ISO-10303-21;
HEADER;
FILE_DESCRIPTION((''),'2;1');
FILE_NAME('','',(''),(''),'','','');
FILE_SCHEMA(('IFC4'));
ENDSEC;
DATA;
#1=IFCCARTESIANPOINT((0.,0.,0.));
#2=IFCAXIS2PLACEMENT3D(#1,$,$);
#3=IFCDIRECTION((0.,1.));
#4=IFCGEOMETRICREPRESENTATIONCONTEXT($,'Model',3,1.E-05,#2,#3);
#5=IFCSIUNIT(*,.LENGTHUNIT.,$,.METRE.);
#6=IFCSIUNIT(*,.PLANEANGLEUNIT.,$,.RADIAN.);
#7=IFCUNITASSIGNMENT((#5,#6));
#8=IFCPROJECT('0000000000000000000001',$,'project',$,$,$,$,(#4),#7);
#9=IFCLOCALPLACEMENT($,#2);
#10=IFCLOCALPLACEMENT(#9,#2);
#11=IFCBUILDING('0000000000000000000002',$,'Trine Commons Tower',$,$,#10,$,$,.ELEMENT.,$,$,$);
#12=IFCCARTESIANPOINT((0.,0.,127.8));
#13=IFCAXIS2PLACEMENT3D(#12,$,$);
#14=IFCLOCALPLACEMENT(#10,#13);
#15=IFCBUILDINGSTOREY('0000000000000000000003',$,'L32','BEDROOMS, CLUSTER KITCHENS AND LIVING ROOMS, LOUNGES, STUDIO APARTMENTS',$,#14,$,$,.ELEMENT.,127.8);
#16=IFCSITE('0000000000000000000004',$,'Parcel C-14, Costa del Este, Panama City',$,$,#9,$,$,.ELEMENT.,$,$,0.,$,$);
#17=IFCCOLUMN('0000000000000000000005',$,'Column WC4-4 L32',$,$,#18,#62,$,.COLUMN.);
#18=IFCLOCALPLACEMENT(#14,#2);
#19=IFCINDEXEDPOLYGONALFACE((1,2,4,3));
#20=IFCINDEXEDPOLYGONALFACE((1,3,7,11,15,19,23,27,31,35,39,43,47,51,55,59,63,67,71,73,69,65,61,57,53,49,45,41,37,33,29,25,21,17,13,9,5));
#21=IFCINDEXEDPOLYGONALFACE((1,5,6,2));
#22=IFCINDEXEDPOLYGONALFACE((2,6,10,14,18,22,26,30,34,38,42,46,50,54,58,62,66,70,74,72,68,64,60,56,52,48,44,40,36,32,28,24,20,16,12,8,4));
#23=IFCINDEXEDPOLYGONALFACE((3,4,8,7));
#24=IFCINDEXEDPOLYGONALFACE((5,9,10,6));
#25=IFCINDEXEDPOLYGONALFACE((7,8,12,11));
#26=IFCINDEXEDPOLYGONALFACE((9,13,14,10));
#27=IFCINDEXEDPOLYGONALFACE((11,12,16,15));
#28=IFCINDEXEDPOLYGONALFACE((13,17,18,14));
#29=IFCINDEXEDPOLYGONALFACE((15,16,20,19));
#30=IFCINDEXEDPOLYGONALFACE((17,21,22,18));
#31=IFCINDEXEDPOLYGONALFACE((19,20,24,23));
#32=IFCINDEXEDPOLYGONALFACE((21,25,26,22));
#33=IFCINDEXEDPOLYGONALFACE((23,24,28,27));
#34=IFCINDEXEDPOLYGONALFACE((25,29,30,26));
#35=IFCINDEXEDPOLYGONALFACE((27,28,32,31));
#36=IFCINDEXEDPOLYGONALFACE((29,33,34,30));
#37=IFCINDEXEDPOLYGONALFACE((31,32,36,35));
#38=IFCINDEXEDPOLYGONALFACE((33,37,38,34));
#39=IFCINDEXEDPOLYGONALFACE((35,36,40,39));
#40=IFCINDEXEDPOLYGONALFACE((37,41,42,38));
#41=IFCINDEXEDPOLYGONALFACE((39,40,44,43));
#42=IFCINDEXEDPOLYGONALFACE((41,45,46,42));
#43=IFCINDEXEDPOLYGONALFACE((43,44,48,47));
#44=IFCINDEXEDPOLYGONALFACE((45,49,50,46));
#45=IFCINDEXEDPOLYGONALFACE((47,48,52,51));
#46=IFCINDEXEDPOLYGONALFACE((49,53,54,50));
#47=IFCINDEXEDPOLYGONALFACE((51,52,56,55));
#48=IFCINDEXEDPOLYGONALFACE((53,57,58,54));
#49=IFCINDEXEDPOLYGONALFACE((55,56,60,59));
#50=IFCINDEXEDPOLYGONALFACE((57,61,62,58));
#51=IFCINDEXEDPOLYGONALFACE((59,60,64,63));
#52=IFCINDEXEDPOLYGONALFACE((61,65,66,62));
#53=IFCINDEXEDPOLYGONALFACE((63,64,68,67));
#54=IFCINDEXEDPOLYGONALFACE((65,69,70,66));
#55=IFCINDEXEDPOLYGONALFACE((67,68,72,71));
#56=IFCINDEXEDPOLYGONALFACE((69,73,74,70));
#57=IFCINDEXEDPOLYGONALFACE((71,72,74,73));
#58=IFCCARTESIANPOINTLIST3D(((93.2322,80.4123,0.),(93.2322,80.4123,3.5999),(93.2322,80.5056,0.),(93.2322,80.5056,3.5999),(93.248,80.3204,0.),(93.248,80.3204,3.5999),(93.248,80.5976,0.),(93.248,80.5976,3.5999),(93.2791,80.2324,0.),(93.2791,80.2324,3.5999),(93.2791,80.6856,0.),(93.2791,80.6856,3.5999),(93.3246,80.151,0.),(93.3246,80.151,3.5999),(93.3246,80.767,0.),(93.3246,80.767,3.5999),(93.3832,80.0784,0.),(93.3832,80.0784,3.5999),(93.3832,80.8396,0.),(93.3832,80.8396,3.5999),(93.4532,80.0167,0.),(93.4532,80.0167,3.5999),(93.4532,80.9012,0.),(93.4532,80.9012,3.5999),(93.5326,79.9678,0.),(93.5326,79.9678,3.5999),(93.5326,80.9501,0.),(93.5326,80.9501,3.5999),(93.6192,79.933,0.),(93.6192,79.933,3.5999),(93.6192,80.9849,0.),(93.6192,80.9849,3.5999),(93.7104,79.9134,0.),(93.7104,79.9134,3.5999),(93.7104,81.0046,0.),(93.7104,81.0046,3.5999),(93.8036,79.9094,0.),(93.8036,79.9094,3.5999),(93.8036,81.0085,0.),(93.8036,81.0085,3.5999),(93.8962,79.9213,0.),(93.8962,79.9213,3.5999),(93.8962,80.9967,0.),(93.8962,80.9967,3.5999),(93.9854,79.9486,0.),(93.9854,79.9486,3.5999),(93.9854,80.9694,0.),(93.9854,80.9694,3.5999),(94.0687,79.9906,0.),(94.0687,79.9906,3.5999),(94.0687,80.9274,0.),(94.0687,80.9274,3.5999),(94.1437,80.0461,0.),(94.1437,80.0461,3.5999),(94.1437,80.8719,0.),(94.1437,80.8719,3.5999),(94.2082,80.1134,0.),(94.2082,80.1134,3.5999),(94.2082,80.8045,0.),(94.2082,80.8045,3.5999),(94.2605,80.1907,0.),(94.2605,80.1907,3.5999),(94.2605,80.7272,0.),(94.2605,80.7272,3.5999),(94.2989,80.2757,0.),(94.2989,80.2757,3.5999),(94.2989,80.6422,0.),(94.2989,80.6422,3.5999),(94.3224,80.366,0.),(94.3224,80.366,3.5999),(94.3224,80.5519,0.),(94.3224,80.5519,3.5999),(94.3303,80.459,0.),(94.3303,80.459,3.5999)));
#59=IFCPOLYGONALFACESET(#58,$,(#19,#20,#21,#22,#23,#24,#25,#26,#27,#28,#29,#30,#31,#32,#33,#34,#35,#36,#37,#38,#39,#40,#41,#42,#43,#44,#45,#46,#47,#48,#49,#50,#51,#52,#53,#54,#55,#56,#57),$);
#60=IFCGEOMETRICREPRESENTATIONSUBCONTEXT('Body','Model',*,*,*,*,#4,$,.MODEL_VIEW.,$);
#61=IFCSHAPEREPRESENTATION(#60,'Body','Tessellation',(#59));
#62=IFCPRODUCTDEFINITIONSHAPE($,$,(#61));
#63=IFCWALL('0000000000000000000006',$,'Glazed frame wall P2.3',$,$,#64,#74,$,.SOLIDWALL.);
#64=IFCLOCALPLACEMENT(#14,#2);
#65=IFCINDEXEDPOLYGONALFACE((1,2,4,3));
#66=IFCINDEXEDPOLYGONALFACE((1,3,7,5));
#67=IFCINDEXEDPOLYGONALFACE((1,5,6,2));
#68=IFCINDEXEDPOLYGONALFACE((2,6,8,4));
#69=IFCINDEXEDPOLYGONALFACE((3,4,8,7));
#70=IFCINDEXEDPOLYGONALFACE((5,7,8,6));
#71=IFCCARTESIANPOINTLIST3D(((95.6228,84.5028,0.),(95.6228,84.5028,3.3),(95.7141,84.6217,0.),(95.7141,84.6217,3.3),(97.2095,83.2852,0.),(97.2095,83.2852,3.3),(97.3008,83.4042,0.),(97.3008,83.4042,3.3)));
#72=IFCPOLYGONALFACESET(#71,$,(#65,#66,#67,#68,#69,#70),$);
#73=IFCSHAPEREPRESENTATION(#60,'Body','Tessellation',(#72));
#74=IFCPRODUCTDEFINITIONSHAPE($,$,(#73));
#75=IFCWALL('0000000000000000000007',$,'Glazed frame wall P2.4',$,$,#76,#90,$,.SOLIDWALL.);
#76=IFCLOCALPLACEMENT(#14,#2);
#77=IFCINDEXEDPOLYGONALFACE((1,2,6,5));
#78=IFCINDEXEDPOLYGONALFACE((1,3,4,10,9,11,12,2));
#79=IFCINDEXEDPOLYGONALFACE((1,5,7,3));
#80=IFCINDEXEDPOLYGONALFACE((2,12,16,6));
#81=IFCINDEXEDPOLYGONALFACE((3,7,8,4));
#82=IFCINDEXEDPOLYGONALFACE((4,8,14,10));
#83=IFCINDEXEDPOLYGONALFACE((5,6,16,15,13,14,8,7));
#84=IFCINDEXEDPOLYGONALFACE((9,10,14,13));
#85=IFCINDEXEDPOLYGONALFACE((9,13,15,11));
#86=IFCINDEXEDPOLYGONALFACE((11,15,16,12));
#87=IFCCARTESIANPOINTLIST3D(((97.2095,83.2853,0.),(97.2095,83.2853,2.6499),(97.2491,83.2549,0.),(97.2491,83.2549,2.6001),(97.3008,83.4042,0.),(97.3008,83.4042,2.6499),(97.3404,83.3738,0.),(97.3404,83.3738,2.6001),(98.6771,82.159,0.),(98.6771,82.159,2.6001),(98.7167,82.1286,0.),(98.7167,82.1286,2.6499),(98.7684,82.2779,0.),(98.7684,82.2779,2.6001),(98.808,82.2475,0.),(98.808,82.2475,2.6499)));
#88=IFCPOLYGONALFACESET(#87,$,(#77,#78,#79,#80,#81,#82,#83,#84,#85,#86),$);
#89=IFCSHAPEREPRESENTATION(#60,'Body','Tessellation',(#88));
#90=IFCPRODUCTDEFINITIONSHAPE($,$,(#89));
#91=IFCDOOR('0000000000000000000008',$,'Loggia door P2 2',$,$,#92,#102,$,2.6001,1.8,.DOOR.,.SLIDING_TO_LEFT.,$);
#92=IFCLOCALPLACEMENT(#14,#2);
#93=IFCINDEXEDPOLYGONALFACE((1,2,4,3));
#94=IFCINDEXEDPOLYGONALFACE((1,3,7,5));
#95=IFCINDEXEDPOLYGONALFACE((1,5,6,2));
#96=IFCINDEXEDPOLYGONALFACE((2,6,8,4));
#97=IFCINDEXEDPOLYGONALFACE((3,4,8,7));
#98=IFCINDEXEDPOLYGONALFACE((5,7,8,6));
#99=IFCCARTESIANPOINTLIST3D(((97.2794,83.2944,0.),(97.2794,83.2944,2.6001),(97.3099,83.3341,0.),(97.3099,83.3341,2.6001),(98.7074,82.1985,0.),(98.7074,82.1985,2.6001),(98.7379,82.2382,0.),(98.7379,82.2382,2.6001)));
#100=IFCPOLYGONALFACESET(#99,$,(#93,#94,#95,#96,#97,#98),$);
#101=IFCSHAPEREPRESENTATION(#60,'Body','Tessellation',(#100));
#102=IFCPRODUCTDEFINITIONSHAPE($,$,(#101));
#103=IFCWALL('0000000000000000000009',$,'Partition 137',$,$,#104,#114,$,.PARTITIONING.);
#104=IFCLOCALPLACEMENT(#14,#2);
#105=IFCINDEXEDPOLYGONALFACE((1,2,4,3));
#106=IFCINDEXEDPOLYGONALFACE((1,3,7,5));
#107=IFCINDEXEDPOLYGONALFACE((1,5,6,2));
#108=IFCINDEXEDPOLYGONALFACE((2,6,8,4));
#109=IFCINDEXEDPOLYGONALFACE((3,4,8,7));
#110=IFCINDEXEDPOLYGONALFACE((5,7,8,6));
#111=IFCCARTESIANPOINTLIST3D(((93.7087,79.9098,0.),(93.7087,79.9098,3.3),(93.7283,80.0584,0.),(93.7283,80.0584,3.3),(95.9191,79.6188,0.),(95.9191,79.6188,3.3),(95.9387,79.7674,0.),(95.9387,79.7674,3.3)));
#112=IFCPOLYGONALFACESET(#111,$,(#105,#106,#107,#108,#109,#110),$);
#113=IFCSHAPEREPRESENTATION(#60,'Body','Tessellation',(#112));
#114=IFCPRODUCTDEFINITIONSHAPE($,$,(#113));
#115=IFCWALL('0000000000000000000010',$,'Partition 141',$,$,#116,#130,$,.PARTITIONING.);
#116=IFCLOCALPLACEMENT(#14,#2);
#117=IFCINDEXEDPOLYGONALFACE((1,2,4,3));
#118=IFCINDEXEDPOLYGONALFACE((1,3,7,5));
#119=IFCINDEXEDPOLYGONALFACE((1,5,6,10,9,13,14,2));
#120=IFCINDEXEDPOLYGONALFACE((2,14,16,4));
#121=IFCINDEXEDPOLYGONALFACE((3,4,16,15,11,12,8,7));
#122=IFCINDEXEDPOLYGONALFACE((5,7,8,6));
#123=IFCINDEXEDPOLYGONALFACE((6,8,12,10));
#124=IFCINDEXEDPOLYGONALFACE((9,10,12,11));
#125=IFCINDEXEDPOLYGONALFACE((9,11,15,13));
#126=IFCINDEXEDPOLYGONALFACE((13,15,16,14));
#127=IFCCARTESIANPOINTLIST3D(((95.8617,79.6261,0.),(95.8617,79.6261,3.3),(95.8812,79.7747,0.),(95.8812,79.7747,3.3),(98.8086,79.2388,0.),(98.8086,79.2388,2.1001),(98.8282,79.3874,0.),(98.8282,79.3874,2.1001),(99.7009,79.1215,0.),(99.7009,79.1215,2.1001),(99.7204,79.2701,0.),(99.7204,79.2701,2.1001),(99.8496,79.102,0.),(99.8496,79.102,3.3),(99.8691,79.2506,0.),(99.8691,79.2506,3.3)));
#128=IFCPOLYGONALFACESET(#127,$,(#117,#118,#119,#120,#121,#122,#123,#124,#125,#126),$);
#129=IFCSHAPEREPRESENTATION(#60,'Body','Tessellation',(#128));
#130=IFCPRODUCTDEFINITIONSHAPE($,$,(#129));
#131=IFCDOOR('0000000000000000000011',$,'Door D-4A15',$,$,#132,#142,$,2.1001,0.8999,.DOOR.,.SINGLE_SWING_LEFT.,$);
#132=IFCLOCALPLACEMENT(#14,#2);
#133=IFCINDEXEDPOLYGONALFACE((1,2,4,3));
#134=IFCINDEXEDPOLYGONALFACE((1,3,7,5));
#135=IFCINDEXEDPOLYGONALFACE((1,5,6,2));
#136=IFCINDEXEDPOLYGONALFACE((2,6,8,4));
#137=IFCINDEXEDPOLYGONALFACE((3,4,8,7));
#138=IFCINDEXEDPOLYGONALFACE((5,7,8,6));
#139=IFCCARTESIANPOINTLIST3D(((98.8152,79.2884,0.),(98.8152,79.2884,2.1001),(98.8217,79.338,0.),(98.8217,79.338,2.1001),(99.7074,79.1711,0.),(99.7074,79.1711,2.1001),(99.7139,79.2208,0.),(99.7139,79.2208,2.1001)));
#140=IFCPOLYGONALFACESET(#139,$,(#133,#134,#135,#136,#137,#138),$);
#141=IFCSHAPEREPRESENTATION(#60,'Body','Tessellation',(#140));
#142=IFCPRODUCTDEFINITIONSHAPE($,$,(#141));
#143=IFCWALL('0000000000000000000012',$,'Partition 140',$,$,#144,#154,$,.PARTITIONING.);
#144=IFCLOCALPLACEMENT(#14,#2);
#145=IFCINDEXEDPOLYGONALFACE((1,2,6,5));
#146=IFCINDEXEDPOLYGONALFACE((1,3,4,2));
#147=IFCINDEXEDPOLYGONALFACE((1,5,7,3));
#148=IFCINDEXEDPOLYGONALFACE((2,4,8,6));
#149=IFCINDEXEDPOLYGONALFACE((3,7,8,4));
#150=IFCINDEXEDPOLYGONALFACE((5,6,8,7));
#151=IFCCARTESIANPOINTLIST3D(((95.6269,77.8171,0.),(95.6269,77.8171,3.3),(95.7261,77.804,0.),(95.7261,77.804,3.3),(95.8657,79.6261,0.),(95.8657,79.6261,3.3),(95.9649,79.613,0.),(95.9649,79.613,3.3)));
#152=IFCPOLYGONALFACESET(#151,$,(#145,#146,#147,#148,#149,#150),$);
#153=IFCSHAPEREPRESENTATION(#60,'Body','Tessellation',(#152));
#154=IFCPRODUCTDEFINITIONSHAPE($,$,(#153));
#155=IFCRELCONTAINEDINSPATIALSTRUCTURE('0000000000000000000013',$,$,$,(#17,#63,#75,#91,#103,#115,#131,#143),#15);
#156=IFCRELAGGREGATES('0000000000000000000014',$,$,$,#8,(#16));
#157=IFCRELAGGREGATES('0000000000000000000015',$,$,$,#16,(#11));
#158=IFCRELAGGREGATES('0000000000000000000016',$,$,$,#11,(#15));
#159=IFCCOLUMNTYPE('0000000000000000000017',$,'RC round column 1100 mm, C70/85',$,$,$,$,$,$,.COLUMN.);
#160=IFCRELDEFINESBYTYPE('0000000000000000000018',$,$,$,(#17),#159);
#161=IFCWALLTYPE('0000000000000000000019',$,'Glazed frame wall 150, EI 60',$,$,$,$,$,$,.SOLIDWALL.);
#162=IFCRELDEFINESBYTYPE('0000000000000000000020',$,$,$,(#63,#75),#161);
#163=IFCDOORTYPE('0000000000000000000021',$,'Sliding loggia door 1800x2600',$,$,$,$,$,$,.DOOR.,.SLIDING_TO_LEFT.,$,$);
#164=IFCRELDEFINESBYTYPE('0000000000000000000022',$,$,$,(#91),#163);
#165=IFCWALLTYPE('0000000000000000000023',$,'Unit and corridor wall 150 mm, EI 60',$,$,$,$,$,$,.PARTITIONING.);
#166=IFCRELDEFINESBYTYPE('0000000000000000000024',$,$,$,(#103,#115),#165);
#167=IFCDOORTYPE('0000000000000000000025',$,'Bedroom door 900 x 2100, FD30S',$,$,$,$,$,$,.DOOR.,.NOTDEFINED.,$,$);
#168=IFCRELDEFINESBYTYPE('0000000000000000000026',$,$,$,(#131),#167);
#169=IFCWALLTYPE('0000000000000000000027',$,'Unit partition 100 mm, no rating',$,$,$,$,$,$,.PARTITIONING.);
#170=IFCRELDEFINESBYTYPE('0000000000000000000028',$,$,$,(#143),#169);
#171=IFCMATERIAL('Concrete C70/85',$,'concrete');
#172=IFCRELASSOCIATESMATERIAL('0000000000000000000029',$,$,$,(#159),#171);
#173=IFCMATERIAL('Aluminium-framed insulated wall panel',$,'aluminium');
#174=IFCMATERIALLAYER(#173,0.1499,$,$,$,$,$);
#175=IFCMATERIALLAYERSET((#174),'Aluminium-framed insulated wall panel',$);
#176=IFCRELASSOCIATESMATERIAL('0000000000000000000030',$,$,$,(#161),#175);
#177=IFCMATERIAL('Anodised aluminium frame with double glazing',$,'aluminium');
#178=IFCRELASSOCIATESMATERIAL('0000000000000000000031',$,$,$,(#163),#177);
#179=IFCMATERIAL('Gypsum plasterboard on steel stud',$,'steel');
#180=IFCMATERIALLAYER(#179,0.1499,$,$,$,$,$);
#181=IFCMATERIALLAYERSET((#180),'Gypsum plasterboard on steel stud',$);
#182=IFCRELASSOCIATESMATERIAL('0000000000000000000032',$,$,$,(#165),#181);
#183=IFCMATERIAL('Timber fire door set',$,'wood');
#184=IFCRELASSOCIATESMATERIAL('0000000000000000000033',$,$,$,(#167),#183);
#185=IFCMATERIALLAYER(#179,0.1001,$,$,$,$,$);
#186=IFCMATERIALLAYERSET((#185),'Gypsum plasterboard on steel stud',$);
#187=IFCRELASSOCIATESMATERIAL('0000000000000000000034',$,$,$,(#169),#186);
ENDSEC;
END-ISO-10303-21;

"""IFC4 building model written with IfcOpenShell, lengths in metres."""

from ifc_helpers import new_model, si_unit, direction, frame, frame_2d, origin, origin_2d, place, context, subcontext, project, spatial, polyline, rectangle, circle, outline, extrude, material, layer, layer_set, material_profile, profile_set, type_object, element, fill, save


model = new_model("IFC4")

# Units and contexts
model_context = context("Model", 3, precision=1e-05, world=origin(), true_north=direction((0.0, 1.0)))
body_context = subcontext(model_context, "Body", "Model", "MODEL_VIEW")
ifc_project = project(units=[si_unit("LENGTHUNIT", "METRE"), si_unit("PLANEANGLEUNIT", "RADIAN")], contexts=[model_context])

# Site, building, storey
site_placement = place(None, origin())
site = spatial("IfcSite", under=ifc_project, at=site_placement, Name="Parcel C-14, Costa del Este, Panama City", CompositionType="ELEMENT", RefElevation=0.0)
building_placement = place(site_placement, origin())
building = spatial("IfcBuilding", under=site, at=building_placement, Name="Trine Commons Tower", CompositionType="ELEMENT")
storey_placement = place(building_placement, frame((0.0, 0.0, 127.8)))
storey = spatial("IfcBuildingStorey", under=building, at=storey_placement, Name="L32", Description="BEDROOMS, CLUSTER KITCHENS AND LIVING ROOMS, LOUNGES, STUDIO APARTMENTS", CompositionType="ELEMENT", Elevation=127.8)

# Column
ifc_material_1 = material(Name="Concrete C70/85", Category="concrete")
ifc_material_profile = material_profile(ifc_material_1, circle(Radius=0.55, at=origin_2d()), Name="RC round 1100")
ifc_profile_set = profile_set([ifc_material_profile], Name="Concrete C70/85")
column_type = type_object("IfcColumnType", Name="RC round column 1100 mm, C70/85", PredefinedType="COLUMN", material=ifc_profile_set)
column_placement = place(storey_placement, frame((93.7803, 80.459, 0.0), z_axis=(0.0, 0.0, 1.0), x_axis=(1.0, 0.0, 0.0)))
element("IfcColumn", 1, at=column_placement, inside=storey, type_object=column_type, Name="Column WC4-4 L32", PredefinedType="COLUMN", context=body_context, shape_type="SweptSolid", body=[
    extrude(circle(Radius=0.55, at=origin_2d()), origin(), (0.0, 0.0, 1.0), 3.5999),
])

# Wall
ifc_material_2 = material(Name="Aluminium-framed insulated wall panel", Category="aluminium")
ifc_layer_1 = layer(ifc_material_2, 0.1499)
ifc_layer_set_1 = layer_set([ifc_layer_1], Name="Aluminium-framed insulated wall panel")
wall_type_1 = type_object("IfcWallType", Name="Glazed frame wall 150, EI 60", PredefinedType="SOLIDWALL", material=ifc_layer_set_1)
wall_1_placement = place(storey_placement, frame((95.6685, 84.5623, 0.0), z_axis=(0.0, 0.0, 1.0), x_axis=(0.793345, -0.608772, 0.0)))
element("IfcWall", 2, at=wall_1_placement, inside=storey, type_object=wall_type_1, Name="Glazed frame wall P2.3", PredefinedType="SOLIDWALL", context=body_context, shape_type="SweptSolid", body=[
    extrude(outline(polyline([(0.0, -0.075), (2.0, -0.075), (2.0, 0.075), (0.0, 0.075), (0.0, -0.075)])), origin(), (0.0, 0.0, 1.0), 3.3),
])

# Wall, opening, door
wall_2_placement = place(storey_placement, frame((97.2551, 83.3447, 0.0), z_axis=(0.0, 0.0, 1.0), x_axis=(0.793321, -0.608804, 0.0)))
wall_2 = element("IfcWall", 3, at=wall_2_placement, inside=storey, type_object=wall_type_1, Name="Glazed frame wall P2.4", PredefinedType="SOLIDWALL", context=body_context, shape_type="SweptSolid", body=[
    extrude(outline(polyline([(0.0, -0.075), (1.8999, -0.075), (1.8999, 0.075), (0.0, 0.075), (0.0, -0.075)])), origin(), (0.0, 0.0, 1.0), 2.6499),
])
opening_1_placement = place(wall_2_placement, frame((0.05, 0.0, 0.0)))
opening_1 = element("IfcOpeningElement", 4, at=opening_1_placement, cuts=wall_2, PredefinedType="OPENING", context=body_context, shape_type="SweptSolid", body=[
    extrude(rectangle(XDim=1.8, YDim=2.6001, at=frame_2d((0.8999, 1.3))), frame((0.0, 0.085, 0.0), z_axis=(0.0, -1.0, 0.0), x_axis=(1.0, 0.0, 0.0)), (0.0, 0.0, 1.0), 0.1699),
])
ifc_material_3 = material(Name="Anodised aluminium frame with double glazing", Category="aluminium")
door_type_1 = type_object("IfcDoorType", Name="Sliding loggia door 1800x2600", OperationType="SLIDING_TO_LEFT", PredefinedType="DOOR", material=ifc_material_3)
door_1_placement = place(opening_1_placement, origin())
door_1 = element("IfcDoor", 5, at=door_1_placement, inside=storey, type_object=door_type_1, Name="Loggia door P2 2", OperationType="SLIDING_TO_LEFT", OverallHeight=2.6001, OverallWidth=1.8, PredefinedType="DOOR", context=body_context, shape_type="SweptSolid", body=[
    extrude(rectangle(XDim=1.8, YDim=2.6001, at=frame_2d((0.8999, 1.3))), frame((0.0, 0.0249, 0.0), z_axis=(0.0, -1.0, 0.0), x_axis=(1.0, 0.0, 0.0)), (0.0, 0.0, 1.0), 0.05),
])
fill(opening_1, door_1)

# Wall
ifc_material_4 = material(Name="Gypsum plasterboard on steel stud", Category="steel")
ifc_layer_2 = layer(ifc_material_4, 0.1499)
ifc_layer_set_2 = layer_set([ifc_layer_2], Name="Gypsum plasterboard on steel stud")
wall_type_2 = type_object("IfcWallType", Name="Unit and corridor wall 150 mm, EI 60", PredefinedType="PARTITIONING", material=ifc_layer_set_2)
wall_3_placement = place(storey_placement, frame((93.7185, 79.9841, 0.0), z_axis=(0.0, 0.0, 1.0), x_axis=(0.991445, -0.130528, 0.0)))
element("IfcWall", 6, at=wall_3_placement, inside=storey, type_object=wall_type_2, Name="Partition 137", PredefinedType="PARTITIONING", context=body_context, shape_type="SweptSolid", body=[
    extrude(rectangle(XDim=2.2295, YDim=0.1499, at=frame_2d((1.1147, 0.0))), origin(), (0.0, 0.0, 1.0), 3.3),
])

# Wall, opening, door
wall_4_placement = place(storey_placement, frame((95.8713, 79.7004, 0.0), z_axis=(0.0, 0.0, 1.0), x_axis=(0.991473, -0.130315, 0.0)))
wall_4 = element("IfcWall", 7, at=wall_4_placement, inside=storey, type_object=wall_type_2, Name="Partition 141", PredefinedType="PARTITIONING", context=body_context, shape_type="SweptSolid", body=[
    extrude(rectangle(XDim=4.0222, YDim=0.1499, at=frame_2d((2.0112, 0.0))), origin(), (0.0, 0.0, 1.0), 3.3),
])
opening_2_placement = place(wall_4_placement, frame((2.9724, 0.0, 0.0)))
opening_2 = element("IfcOpeningElement", 8, at=opening_2_placement, cuts=wall_4, PredefinedType="OPENING", context=body_context, shape_type="SweptSolid", body=[
    extrude(rectangle(XDim=0.8999, YDim=2.1001, at=frame_2d((0.45, 1.05))), frame((0.0, 0.085, 0.0), z_axis=(0.0, -1.0, 0.0), x_axis=(1.0, 0.0, 0.0)), (0.0, 0.0, 1.0), 0.1699),
])
ifc_material_5 = material(Name="Timber fire door set", Category="wood")
door_type_2 = type_object("IfcDoorType", Name="Bedroom door 900 x 2100, FD30S", OperationType="NOTDEFINED", PredefinedType="DOOR", material=ifc_material_5)
door_2_placement = place(opening_2_placement, frame((0.8999, 0.0, 0.0), z_axis=(0.0, 0.0, 1.0), x_axis=(-1.0, 0.0, 0.0)))
door_2 = element("IfcDoor", 9, at=door_2_placement, inside=storey, type_object=door_type_2, Name="Door D-4A15", OperationType="SINGLE_SWING_LEFT", OverallHeight=2.1001, OverallWidth=0.8999, PredefinedType="DOOR", context=body_context, shape_type="SweptSolid", body=[
    extrude(rectangle(XDim=0.8999, YDim=2.1001, at=frame_2d((0.45, 1.05))), frame((0.0, 0.0249, 0.0), z_axis=(0.0, -1.0, 0.0), x_axis=(1.0, 0.0, 0.0)), (0.0, 0.0, 1.0), 0.05),
])
fill(opening_2, door_2)

# Wall
ifc_layer_3 = layer(ifc_material_4, 0.1001)
ifc_layer_set_3 = layer_set([ifc_layer_3], Name="Gypsum plasterboard on steel stud")
wall_type_3 = type_object("IfcWallType", Name="Unit partition 100 mm, no rating", PredefinedType="PARTITIONING", material=ifc_layer_set_3)
wall_5_placement = place(storey_placement, frame((95.6765, 77.8105, 0.0), z_axis=(0.0, 0.0, 1.0), x_axis=(0.130849, 0.991402, 0.0)))
element("IfcWall", 10, at=wall_5_placement, inside=storey, type_object=wall_type_3, Name="Partition 140", PredefinedType="PARTITIONING", context=body_context, shape_type="SweptSolid", body=[
    extrude(rectangle(XDim=1.8247, YDim=0.1001, at=frame_2d((0.9124, 0.0))), origin(), (0.0, 0.0, 1.0), 3.3),
])

save(model, "model.ifc")
